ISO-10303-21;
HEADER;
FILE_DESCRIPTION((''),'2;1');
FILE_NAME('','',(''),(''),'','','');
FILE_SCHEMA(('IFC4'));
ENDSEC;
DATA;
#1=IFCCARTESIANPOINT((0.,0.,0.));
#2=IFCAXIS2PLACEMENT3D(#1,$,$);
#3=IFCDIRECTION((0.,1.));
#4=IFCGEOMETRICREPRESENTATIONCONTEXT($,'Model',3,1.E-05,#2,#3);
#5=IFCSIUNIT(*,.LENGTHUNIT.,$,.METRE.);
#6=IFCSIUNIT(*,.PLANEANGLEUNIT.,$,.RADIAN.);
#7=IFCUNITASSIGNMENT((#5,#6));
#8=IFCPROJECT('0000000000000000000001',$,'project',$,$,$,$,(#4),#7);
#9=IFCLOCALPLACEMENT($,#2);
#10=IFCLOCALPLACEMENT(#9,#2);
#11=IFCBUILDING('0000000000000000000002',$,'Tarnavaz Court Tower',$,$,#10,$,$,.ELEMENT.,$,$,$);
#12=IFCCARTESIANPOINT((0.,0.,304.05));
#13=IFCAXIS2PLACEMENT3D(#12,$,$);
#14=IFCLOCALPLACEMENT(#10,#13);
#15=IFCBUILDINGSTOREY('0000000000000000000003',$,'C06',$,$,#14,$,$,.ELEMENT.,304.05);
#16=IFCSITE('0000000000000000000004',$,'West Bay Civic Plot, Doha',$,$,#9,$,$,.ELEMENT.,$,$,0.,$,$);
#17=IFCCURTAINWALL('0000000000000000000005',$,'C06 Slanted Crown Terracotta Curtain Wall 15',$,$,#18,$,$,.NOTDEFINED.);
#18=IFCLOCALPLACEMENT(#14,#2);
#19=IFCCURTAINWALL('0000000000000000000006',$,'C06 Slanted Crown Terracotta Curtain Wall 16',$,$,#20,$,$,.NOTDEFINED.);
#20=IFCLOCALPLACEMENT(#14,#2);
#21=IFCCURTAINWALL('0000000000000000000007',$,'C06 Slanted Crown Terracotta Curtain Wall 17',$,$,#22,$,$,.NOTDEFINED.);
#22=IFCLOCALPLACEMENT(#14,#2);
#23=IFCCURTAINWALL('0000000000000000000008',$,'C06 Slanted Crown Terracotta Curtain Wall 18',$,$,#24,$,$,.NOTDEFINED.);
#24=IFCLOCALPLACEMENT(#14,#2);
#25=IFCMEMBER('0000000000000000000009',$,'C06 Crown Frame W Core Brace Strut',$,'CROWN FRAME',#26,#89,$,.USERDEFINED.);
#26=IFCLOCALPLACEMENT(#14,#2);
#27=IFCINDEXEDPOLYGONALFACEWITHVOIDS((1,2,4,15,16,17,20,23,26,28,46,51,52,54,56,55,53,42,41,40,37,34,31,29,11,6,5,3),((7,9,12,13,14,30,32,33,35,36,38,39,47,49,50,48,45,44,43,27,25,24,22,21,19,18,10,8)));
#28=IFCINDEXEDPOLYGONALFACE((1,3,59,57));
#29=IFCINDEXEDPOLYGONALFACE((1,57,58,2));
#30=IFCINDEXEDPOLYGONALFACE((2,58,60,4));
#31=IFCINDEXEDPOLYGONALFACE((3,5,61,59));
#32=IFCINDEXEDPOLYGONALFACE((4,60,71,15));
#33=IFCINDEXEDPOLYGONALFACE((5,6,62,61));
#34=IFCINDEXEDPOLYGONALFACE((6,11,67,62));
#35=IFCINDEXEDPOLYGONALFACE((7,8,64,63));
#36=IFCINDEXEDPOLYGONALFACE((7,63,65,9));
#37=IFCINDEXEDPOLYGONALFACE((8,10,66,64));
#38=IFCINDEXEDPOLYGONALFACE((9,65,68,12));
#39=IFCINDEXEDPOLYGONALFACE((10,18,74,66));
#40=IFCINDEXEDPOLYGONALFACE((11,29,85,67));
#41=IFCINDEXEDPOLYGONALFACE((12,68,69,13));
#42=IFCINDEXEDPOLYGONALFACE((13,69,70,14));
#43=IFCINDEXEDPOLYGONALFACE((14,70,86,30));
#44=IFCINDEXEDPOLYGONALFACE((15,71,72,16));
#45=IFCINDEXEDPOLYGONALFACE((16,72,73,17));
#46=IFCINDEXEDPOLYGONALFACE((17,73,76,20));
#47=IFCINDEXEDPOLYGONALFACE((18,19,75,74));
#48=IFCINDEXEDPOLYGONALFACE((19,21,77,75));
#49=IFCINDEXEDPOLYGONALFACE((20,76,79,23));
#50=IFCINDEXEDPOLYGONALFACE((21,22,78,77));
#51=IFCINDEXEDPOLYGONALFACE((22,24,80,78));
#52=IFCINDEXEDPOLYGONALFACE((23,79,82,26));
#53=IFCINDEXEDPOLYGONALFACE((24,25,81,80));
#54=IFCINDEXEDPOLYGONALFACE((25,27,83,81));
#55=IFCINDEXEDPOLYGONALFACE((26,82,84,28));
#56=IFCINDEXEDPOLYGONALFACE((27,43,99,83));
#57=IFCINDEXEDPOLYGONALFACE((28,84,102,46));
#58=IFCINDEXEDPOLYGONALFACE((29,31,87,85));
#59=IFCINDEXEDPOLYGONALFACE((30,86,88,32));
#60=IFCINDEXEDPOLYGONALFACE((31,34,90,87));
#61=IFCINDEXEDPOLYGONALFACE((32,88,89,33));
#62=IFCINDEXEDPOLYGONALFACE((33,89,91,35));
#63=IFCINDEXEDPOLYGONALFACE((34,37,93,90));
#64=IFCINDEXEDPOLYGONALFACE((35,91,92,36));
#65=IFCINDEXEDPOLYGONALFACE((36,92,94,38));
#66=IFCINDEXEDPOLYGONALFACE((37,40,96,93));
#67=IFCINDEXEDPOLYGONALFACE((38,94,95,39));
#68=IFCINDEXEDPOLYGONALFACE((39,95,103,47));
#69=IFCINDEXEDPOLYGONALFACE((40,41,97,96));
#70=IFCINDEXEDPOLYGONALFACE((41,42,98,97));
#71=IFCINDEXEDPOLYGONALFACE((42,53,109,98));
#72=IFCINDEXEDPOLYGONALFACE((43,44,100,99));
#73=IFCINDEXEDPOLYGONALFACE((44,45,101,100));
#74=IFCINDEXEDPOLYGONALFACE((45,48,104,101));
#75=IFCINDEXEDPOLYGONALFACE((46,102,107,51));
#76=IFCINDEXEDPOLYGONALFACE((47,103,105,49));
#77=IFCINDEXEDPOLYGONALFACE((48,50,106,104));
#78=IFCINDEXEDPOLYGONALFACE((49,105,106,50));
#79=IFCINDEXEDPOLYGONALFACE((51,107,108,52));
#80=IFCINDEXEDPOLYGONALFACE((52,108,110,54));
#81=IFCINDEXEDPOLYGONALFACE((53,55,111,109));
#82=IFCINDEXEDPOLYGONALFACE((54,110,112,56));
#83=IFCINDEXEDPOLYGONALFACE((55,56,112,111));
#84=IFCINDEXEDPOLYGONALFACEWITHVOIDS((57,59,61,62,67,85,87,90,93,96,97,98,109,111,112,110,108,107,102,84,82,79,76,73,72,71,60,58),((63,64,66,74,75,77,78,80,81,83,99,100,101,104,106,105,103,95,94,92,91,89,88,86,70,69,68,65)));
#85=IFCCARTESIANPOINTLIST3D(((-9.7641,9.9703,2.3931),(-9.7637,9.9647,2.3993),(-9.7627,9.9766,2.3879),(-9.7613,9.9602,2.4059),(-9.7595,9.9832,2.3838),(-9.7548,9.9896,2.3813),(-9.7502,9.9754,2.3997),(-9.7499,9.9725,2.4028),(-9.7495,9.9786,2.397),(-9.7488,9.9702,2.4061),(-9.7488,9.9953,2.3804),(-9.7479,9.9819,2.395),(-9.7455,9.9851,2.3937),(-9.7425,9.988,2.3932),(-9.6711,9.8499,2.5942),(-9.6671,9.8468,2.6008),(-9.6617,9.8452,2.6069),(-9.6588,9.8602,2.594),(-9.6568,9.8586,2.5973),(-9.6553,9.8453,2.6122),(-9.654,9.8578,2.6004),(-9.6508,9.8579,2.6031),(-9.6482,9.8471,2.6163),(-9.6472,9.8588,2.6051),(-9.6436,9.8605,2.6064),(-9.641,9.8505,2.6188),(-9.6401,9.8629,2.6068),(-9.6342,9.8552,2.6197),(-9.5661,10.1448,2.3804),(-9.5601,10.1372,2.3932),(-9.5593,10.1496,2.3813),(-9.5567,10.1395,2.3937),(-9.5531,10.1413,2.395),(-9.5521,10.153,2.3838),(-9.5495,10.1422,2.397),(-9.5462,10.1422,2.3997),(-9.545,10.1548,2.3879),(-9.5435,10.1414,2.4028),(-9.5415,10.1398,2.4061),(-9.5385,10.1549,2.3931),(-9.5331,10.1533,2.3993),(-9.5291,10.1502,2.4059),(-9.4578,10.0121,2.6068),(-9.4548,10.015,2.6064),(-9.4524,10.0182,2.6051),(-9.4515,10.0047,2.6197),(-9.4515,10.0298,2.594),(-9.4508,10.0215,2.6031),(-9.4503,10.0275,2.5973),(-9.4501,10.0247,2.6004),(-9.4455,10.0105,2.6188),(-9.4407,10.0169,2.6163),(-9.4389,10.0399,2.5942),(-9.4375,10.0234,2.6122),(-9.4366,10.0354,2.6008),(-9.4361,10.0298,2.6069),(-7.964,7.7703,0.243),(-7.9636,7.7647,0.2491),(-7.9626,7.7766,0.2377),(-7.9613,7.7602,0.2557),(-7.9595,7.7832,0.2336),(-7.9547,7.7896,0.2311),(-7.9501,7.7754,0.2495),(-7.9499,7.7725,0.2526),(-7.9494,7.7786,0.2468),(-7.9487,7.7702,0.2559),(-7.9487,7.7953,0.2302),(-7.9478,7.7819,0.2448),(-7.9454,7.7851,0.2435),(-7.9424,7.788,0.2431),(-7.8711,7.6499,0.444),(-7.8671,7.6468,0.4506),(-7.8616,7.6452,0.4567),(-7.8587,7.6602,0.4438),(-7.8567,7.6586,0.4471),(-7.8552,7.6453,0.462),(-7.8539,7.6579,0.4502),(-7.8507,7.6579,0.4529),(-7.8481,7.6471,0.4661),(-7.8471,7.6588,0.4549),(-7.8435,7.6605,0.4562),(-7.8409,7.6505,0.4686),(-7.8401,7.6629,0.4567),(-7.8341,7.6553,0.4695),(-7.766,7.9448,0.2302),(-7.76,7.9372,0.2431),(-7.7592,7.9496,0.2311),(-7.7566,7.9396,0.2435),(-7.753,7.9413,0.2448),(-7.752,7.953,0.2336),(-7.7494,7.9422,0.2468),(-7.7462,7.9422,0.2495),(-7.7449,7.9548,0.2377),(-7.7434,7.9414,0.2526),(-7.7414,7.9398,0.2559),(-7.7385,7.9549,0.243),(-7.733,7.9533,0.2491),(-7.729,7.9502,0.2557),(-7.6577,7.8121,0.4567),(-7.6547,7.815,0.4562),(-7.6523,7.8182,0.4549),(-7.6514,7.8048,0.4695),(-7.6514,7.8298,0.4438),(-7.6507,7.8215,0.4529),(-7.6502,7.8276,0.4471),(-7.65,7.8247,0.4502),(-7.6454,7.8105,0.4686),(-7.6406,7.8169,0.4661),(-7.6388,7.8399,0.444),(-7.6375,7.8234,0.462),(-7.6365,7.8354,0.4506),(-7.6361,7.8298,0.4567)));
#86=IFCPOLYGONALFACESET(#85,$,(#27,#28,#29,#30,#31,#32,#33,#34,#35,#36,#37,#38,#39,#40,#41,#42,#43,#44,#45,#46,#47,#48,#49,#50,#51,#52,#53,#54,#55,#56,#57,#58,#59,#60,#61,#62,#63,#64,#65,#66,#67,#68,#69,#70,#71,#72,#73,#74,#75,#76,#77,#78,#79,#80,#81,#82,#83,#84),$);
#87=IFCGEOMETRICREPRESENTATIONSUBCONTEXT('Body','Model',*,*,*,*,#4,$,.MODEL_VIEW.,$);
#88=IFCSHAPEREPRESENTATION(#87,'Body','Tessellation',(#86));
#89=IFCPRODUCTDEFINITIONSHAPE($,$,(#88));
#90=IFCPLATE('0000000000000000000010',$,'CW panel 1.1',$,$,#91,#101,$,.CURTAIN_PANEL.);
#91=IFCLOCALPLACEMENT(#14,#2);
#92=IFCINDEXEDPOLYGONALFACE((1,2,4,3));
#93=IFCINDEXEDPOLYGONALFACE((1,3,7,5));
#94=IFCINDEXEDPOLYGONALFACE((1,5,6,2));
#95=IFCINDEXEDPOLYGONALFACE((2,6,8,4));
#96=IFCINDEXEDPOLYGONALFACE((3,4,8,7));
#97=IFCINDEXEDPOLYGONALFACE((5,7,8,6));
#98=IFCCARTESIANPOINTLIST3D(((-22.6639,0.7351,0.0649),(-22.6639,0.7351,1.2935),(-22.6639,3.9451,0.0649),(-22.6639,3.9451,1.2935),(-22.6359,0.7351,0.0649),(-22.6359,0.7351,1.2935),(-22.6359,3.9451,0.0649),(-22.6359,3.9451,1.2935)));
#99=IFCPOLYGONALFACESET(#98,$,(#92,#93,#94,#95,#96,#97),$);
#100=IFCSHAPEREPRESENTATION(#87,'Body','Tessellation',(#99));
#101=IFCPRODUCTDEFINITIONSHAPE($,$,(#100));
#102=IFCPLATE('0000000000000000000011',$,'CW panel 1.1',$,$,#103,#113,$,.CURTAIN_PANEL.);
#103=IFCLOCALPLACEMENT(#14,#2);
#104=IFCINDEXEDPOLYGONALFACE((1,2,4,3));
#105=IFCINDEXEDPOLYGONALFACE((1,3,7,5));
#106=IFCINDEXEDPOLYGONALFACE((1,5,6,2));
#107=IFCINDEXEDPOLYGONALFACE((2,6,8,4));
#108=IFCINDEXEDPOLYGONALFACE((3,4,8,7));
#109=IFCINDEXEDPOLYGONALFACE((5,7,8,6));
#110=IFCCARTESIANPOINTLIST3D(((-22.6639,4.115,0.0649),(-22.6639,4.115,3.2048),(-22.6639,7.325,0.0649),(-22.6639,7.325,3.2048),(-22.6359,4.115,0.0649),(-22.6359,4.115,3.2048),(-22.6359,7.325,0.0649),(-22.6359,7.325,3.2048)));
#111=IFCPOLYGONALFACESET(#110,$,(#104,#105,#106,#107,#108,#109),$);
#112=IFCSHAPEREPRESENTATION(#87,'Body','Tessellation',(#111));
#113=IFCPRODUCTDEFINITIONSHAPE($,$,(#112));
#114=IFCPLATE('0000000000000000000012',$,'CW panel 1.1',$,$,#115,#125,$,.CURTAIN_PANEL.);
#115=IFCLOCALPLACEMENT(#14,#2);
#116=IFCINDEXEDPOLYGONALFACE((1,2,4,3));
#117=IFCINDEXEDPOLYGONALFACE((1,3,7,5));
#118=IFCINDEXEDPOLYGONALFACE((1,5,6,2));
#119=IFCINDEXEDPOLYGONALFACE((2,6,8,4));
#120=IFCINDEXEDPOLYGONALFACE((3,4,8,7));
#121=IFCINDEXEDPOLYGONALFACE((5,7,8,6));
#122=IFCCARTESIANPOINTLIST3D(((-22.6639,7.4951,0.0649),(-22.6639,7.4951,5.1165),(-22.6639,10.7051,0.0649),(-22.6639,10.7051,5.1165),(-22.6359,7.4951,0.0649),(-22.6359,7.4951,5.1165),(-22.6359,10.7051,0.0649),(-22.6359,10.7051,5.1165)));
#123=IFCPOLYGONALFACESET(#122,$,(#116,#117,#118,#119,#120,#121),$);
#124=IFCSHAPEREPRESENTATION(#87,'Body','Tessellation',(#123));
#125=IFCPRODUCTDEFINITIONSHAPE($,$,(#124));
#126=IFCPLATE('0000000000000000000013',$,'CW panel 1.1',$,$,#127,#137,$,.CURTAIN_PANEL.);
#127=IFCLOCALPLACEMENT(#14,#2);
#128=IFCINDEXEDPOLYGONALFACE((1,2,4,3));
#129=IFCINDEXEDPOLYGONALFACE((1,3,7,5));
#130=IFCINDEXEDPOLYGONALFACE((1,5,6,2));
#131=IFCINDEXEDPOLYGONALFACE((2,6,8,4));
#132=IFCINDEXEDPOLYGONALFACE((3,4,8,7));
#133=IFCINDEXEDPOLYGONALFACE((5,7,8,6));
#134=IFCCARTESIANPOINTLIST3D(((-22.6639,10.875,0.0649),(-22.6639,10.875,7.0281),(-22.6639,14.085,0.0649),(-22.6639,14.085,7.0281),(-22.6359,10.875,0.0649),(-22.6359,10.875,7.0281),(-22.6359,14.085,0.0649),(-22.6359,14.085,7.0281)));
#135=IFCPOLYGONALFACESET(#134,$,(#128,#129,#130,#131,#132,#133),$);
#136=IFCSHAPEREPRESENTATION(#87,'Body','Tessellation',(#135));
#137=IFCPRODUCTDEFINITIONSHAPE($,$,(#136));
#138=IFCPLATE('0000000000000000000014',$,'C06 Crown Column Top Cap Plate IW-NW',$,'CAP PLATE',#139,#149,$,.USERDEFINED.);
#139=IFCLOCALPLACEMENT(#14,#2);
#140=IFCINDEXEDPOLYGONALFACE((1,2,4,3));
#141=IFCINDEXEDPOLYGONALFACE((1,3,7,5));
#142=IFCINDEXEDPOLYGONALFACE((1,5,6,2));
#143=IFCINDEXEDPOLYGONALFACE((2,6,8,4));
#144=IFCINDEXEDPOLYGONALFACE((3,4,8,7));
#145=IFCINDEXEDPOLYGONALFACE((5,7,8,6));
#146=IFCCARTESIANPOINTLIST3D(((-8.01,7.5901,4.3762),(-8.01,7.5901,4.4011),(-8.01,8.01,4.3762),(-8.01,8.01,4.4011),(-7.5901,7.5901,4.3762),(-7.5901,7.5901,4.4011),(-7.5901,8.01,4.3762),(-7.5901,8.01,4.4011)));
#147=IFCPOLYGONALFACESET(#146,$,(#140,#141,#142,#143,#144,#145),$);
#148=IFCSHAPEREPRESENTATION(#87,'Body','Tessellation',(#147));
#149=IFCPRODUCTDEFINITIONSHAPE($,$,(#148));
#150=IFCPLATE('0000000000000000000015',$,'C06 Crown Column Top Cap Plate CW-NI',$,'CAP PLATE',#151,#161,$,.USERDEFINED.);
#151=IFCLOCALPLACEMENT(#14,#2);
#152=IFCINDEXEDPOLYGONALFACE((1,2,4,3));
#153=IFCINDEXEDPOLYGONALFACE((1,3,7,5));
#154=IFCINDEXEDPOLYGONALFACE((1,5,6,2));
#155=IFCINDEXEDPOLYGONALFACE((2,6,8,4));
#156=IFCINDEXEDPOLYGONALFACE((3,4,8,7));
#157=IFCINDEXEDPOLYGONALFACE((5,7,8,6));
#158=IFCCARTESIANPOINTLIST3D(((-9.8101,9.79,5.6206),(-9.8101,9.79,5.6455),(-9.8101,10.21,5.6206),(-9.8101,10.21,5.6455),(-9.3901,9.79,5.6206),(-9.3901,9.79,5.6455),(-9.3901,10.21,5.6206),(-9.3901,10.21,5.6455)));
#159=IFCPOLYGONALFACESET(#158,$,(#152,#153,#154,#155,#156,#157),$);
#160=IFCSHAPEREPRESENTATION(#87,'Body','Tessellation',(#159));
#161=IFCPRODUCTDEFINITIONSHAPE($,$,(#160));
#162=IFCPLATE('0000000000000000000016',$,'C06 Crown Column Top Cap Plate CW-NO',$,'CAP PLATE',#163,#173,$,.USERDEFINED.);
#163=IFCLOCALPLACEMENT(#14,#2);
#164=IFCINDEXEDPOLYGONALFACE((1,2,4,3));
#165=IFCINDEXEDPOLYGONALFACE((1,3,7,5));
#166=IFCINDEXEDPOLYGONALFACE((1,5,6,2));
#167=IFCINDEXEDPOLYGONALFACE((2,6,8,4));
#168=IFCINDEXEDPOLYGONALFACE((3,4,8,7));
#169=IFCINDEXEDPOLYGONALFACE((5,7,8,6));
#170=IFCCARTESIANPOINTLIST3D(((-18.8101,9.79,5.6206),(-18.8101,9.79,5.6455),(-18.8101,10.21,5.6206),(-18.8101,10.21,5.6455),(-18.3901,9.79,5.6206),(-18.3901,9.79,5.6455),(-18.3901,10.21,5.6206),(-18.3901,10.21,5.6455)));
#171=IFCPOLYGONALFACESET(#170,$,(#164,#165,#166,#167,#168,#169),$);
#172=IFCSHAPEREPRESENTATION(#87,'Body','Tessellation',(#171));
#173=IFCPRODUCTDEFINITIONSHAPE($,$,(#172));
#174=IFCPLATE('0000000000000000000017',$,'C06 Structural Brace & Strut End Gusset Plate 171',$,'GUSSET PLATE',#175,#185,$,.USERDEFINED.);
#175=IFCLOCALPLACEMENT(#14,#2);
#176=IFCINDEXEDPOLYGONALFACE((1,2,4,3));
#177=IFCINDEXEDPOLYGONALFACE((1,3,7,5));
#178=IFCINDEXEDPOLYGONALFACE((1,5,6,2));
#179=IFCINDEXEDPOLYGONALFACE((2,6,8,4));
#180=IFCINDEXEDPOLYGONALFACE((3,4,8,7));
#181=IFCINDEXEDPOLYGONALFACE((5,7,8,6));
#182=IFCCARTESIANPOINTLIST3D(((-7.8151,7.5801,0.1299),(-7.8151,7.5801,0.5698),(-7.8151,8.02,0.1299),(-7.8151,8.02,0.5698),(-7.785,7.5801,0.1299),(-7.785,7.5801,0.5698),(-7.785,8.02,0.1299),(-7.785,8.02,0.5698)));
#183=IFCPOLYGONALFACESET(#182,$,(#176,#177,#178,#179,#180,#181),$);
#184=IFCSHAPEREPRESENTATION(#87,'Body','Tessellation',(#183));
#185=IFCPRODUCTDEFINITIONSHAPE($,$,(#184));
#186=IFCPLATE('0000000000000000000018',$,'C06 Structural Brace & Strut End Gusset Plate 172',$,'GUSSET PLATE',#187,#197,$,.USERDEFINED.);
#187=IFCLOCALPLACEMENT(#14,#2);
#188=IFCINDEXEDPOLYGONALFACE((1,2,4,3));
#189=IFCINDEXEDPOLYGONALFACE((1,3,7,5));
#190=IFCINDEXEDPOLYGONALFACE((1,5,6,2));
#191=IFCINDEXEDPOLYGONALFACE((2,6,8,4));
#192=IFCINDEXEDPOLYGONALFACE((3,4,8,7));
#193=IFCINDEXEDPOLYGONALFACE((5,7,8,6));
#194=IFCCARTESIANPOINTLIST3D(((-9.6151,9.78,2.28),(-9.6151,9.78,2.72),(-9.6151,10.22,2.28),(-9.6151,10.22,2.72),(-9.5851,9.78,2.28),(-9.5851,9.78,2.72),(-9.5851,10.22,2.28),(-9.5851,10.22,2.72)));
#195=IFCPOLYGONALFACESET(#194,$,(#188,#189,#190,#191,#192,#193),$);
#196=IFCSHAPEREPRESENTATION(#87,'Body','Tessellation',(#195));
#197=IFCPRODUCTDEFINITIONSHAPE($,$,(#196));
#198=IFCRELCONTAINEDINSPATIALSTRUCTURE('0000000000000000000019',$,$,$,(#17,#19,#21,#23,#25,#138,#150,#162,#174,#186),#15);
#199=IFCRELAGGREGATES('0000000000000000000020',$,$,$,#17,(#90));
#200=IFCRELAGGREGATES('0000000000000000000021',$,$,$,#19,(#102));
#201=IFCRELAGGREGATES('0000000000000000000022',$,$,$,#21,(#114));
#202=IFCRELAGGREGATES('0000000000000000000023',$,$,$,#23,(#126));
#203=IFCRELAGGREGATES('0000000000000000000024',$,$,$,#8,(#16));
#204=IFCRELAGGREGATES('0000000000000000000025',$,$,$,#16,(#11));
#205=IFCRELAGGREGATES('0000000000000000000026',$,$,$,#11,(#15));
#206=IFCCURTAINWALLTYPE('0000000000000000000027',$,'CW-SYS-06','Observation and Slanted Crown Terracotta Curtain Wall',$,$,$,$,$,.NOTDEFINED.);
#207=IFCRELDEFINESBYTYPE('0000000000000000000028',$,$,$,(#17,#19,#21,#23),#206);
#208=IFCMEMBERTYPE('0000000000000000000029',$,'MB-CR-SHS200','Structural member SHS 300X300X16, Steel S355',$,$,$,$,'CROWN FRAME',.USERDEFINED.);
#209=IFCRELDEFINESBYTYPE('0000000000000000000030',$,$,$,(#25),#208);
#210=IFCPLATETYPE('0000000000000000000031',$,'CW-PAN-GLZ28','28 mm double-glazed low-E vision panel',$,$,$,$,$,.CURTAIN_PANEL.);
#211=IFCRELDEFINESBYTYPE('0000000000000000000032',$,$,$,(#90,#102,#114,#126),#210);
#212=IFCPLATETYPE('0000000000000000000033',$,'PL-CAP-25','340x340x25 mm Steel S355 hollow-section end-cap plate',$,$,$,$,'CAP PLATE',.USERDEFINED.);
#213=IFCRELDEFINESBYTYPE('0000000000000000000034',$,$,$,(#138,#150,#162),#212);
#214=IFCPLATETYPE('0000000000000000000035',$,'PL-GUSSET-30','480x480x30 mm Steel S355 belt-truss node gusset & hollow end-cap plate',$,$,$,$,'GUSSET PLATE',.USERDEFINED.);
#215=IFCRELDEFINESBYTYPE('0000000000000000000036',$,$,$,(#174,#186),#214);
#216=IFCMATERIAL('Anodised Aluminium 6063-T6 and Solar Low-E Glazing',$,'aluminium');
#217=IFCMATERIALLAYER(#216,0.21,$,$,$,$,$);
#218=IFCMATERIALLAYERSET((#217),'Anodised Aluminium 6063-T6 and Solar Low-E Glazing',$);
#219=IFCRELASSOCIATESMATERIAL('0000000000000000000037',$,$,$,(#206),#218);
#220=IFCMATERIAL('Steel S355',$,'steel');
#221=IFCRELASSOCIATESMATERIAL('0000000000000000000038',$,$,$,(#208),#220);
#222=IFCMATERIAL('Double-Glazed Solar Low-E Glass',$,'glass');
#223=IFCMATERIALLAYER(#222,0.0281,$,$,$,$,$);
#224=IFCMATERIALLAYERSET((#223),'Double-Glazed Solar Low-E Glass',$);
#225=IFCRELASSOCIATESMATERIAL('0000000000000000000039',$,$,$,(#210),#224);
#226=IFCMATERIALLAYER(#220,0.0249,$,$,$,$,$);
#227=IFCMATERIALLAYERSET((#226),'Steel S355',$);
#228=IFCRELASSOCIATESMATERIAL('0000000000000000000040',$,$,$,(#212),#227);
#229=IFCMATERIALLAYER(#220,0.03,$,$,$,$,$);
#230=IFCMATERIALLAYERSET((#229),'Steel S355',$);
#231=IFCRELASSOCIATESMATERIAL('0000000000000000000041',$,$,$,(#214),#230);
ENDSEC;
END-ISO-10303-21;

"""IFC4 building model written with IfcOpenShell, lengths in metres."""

from ifc_helpers import new_model, si_unit, direction, frame, origin, origin_2d, place, context, subcontext, project, spatial, rectangle, hollow_rectangle, extrude, material, layer, layer_set, material_profile, profile_set, type_object, element, aggregate, save


model = new_model("IFC4")

# Units and contexts
model_context = context("Model", 3, precision=1e-05, world=origin(), true_north=direction((0.0, 1.0)))
body_context = subcontext(model_context, "Body", "Model", "MODEL_VIEW")
ifc_project = project(units=[si_unit("LENGTHUNIT", "METRE"), si_unit("PLANEANGLEUNIT", "RADIAN")], contexts=[model_context])

# Site, building, storey
site_placement = place(None, origin())
site = spatial("IfcSite", under=ifc_project, at=site_placement, Name="West Bay Civic Plot, Doha", CompositionType="ELEMENT", RefElevation=0.0)
building_placement = place(site_placement, origin())
building = spatial("IfcBuilding", under=site, at=building_placement, Name="Tarnavaz Court Tower", CompositionType="ELEMENT")
storey_placement = place(building_placement, frame((0.0, 0.0, 304.05)))
storey = spatial("IfcBuildingStorey", under=building, at=storey_placement, Name="C06", CompositionType="ELEMENT", Elevation=304.05)

# Shared definitions
ifc_material_1 = material(Name="Steel S355", Category="steel")

# Curtain walls
ifc_material_2 = material(Name="Anodised Aluminium 6063-T6 and Solar Low-E Glazing", Category="aluminium")
ifc_layer_1 = layer(ifc_material_2, 0.21)
ifc_layer_set_1 = layer_set([ifc_layer_1], Name="Anodised Aluminium 6063-T6 and Solar Low-E Glazing")
curtain_wall_type = type_object("IfcCurtainWallType", Name="CW-SYS-06", Description="Observation and Slanted Crown Terracotta Curtain Wall", PredefinedType="NOTDEFINED", material=ifc_layer_set_1)
curtain_wall_1_placement = place(storey_placement, origin())
curtain_wall_1 = element("IfcCurtainWall", 1, at=curtain_wall_1_placement, inside=storey, type_object=curtain_wall_type, Name="C06 Slanted Crown Terracotta Curtain Wall 15", PredefinedType="NOTDEFINED")
curtain_wall_2_placement = place(storey_placement, origin())
curtain_wall_2 = element("IfcCurtainWall", 2, at=curtain_wall_2_placement, inside=storey, type_object=curtain_wall_type, Name="C06 Slanted Crown Terracotta Curtain Wall 16", PredefinedType="NOTDEFINED")
curtain_wall_3_placement = place(storey_placement, origin())
curtain_wall_3 = element("IfcCurtainWall", 3, at=curtain_wall_3_placement, inside=storey, type_object=curtain_wall_type, Name="C06 Slanted Crown Terracotta Curtain Wall 17", PredefinedType="NOTDEFINED")
curtain_wall_4_placement = place(storey_placement, origin())
curtain_wall_4 = element("IfcCurtainWall", 4, at=curtain_wall_4_placement, inside=storey, type_object=curtain_wall_type, Name="C06 Slanted Crown Terracotta Curtain Wall 18", PredefinedType="NOTDEFINED")

# Member
ifc_material_profile_1 = material_profile(ifc_material_1, hollow_rectangle(XDim=0.3, YDim=0.3, WallThickness=0.0161, InnerFilletRadius=0.0161, OuterFilletRadius=0.032, at=origin_2d()), Name="SHS 300X300X16")
ifc_profile_set_1 = profile_set([ifc_material_profile_1], Name="Steel S355")
member_type_1 = type_object("IfcMemberType", Name="MB-CR-SHS200", Description="Structural member SHS 300X300X16, Steel S355", ElementType="CROWN FRAME", PredefinedType="USERDEFINED", material=ifc_profile_set_1)
member_1_placement = place(storey_placement, frame((-7.8, 7.8, 0.3499), z_axis=(-0.505044, 0.617246, 0.603272), x_axis=(-0.773942, -0.633256, 0.0)))
element("IfcMember", 5, at=member_1_placement, inside=storey, type_object=member_type_1, Name="C06 Crown Frame W Core Brace Strut", ObjectType="CROWN FRAME", PredefinedType="USERDEFINED", context=body_context, shape_type="SweptSolid", body=[
    extrude(hollow_rectangle(XDim=0.3, YDim=0.3, WallThickness=0.0161, InnerFilletRadius=0.0161, OuterFilletRadius=0.032, at=origin_2d()), origin(), (0.0, 0.0, 1.0), 3.5642),
])

# Plates
ifc_material_3 = material(Name="Double-Glazed Solar Low-E Glass", Category="glass")
ifc_layer_2 = layer(ifc_material_3, 0.0281)
ifc_layer_set_2 = layer_set([ifc_layer_2], Name="Double-Glazed Solar Low-E Glass")
plate_type_1 = type_object("IfcPlateType", Name="CW-PAN-GLZ28", Description="28 mm double-glazed low-E vision panel", PredefinedType="CURTAIN_PANEL", material=ifc_layer_set_2)
plate_1_placement = place(storey_placement, frame((-22.6499, 2.3401, 0.0649), z_axis=(0.0, 0.0, 1.0), x_axis=(0.0, 1.0, 0.0)))
plate_1 = element("IfcPlate", 6, at=plate_1_placement, type_object=plate_type_1, Name="CW panel 1.1", PredefinedType="CURTAIN_PANEL", context=body_context, shape_type="SweptSolid", body=[
    extrude(rectangle(XDim=3.21, YDim=0.0281, at=origin_2d()), origin(), (0.0, 0.0, 1.0), 1.2285),
])
aggregate(curtain_wall_1, [plate_1])
plate_2_placement = place(storey_placement, frame((-22.6499, 5.72, 0.0649), z_axis=(0.0, 0.0, 1.0), x_axis=(0.0, 1.0, 0.0)))
plate_2 = element("IfcPlate", 7, at=plate_2_placement, type_object=plate_type_1, Name="CW panel 1.1", PredefinedType="CURTAIN_PANEL", context=body_context, shape_type="SweptSolid", body=[
    extrude(rectangle(XDim=3.21, YDim=0.0281, at=origin_2d()), origin(), (0.0, 0.0, 1.0), 3.1399),
])
aggregate(curtain_wall_2, [plate_2])
plate_3_placement = place(storey_placement, frame((-22.6499, 9.1001, 0.0649), z_axis=(0.0, 0.0, 1.0), x_axis=(0.0, 1.0, 0.0)))
plate_3 = element("IfcPlate", 8, at=plate_3_placement, type_object=plate_type_1, Name="CW panel 1.1", PredefinedType="CURTAIN_PANEL", context=body_context, shape_type="SweptSolid", body=[
    extrude(rectangle(XDim=3.21, YDim=0.0281, at=origin_2d()), origin(), (0.0, 0.0, 1.0), 5.0515),
])
aggregate(curtain_wall_3, [plate_3])
plate_4_placement = place(storey_placement, frame((-22.6499, 12.48, 0.0649), z_axis=(0.0, 0.0, 1.0), x_axis=(0.0, 1.0, 0.0)))
plate_4 = element("IfcPlate", 9, at=plate_4_placement, type_object=plate_type_1, Name="CW panel 1.1", PredefinedType="CURTAIN_PANEL", context=body_context, shape_type="SweptSolid", body=[
    extrude(rectangle(XDim=3.21, YDim=0.0281, at=origin_2d()), origin(), (0.0, 0.0, 1.0), 6.9631),
])
aggregate(curtain_wall_4, [plate_4])

# Plates
ifc_layer_3 = layer(ifc_material_1, 0.0249)
ifc_layer_set_3 = layer_set([ifc_layer_3], Name="Steel S355")
plate_type_2 = type_object("IfcPlateType", Name="PL-CAP-25", Description="340x340x25 mm Steel S355 hollow-section end-cap plate", ElementType="CAP PLATE", PredefinedType="USERDEFINED", material=ifc_layer_set_3)
for number, where, z_axis, x_axis, name in (
    (10, (-7.8, 7.8, 4.3762), (0.0, 0.0, 1.0), (1.0, 0.0, 0.0), "C06 Crown Column Top Cap Plate IW-NW"),
    (11, (-9.6001, 10.0, 5.6206), (0.0, 0.0, 1.0), (1.0, 0.0, 0.0), "C06 Crown Column Top Cap Plate CW-NI"),
    (12, (-18.6001, 10.0, 5.6206), (0.0, 0.0, 1.0), (1.0, 0.0, 0.0), "C06 Crown Column Top Cap Plate CW-NO"),
):
    element("IfcPlate", number, at=place(storey_placement, frame(where, z_axis=z_axis, x_axis=x_axis)), inside=storey, type_object=plate_type_2, Name=name, ObjectType="CAP PLATE", PredefinedType="USERDEFINED", context=body_context, shape_type="SweptSolid", body=[
        extrude(rectangle(XDim=0.4199, YDim=0.4199, at=origin_2d()), origin(), (0.0, 0.0, 1.0), 0.0249),
    ])
ifc_layer_4 = layer(ifc_material_1, 0.03)
ifc_layer_set_4 = layer_set([ifc_layer_4], Name="Steel S355")
plate_type_3 = type_object("IfcPlateType", Name="PL-GUSSET-30", Description="480x480x30 mm Steel S355 belt-truss node gusset & hollow end-cap plate", ElementType="GUSSET PLATE", PredefinedType="USERDEFINED", material=ifc_layer_set_4)
for number, where, z_axis, x_axis, name in (
    (13, (-7.8, 7.8, 0.1299), (0.0, 0.0, 1.0), (0.0, 1.0, 0.0), "C06 Structural Brace & Strut End Gusset Plate 171"),
    (14, (-9.6001, 10.0, 2.28), (0.0, 0.0, 1.0), (0.0, 1.0, 0.0), "C06 Structural Brace & Strut End Gusset Plate 172"),
):
    element("IfcPlate", number, at=place(storey_placement, frame(where, z_axis=z_axis, x_axis=x_axis)), inside=storey, type_object=plate_type_3, Name=name, ObjectType="GUSSET PLATE", PredefinedType="USERDEFINED", context=body_context, shape_type="SweptSolid", body=[
        extrude(rectangle(XDim=0.4399, YDim=0.03, at=origin_2d()), origin(), (0.0, 0.0, 1.0), 0.4399),
    ])

save(model, "model.ifc")
